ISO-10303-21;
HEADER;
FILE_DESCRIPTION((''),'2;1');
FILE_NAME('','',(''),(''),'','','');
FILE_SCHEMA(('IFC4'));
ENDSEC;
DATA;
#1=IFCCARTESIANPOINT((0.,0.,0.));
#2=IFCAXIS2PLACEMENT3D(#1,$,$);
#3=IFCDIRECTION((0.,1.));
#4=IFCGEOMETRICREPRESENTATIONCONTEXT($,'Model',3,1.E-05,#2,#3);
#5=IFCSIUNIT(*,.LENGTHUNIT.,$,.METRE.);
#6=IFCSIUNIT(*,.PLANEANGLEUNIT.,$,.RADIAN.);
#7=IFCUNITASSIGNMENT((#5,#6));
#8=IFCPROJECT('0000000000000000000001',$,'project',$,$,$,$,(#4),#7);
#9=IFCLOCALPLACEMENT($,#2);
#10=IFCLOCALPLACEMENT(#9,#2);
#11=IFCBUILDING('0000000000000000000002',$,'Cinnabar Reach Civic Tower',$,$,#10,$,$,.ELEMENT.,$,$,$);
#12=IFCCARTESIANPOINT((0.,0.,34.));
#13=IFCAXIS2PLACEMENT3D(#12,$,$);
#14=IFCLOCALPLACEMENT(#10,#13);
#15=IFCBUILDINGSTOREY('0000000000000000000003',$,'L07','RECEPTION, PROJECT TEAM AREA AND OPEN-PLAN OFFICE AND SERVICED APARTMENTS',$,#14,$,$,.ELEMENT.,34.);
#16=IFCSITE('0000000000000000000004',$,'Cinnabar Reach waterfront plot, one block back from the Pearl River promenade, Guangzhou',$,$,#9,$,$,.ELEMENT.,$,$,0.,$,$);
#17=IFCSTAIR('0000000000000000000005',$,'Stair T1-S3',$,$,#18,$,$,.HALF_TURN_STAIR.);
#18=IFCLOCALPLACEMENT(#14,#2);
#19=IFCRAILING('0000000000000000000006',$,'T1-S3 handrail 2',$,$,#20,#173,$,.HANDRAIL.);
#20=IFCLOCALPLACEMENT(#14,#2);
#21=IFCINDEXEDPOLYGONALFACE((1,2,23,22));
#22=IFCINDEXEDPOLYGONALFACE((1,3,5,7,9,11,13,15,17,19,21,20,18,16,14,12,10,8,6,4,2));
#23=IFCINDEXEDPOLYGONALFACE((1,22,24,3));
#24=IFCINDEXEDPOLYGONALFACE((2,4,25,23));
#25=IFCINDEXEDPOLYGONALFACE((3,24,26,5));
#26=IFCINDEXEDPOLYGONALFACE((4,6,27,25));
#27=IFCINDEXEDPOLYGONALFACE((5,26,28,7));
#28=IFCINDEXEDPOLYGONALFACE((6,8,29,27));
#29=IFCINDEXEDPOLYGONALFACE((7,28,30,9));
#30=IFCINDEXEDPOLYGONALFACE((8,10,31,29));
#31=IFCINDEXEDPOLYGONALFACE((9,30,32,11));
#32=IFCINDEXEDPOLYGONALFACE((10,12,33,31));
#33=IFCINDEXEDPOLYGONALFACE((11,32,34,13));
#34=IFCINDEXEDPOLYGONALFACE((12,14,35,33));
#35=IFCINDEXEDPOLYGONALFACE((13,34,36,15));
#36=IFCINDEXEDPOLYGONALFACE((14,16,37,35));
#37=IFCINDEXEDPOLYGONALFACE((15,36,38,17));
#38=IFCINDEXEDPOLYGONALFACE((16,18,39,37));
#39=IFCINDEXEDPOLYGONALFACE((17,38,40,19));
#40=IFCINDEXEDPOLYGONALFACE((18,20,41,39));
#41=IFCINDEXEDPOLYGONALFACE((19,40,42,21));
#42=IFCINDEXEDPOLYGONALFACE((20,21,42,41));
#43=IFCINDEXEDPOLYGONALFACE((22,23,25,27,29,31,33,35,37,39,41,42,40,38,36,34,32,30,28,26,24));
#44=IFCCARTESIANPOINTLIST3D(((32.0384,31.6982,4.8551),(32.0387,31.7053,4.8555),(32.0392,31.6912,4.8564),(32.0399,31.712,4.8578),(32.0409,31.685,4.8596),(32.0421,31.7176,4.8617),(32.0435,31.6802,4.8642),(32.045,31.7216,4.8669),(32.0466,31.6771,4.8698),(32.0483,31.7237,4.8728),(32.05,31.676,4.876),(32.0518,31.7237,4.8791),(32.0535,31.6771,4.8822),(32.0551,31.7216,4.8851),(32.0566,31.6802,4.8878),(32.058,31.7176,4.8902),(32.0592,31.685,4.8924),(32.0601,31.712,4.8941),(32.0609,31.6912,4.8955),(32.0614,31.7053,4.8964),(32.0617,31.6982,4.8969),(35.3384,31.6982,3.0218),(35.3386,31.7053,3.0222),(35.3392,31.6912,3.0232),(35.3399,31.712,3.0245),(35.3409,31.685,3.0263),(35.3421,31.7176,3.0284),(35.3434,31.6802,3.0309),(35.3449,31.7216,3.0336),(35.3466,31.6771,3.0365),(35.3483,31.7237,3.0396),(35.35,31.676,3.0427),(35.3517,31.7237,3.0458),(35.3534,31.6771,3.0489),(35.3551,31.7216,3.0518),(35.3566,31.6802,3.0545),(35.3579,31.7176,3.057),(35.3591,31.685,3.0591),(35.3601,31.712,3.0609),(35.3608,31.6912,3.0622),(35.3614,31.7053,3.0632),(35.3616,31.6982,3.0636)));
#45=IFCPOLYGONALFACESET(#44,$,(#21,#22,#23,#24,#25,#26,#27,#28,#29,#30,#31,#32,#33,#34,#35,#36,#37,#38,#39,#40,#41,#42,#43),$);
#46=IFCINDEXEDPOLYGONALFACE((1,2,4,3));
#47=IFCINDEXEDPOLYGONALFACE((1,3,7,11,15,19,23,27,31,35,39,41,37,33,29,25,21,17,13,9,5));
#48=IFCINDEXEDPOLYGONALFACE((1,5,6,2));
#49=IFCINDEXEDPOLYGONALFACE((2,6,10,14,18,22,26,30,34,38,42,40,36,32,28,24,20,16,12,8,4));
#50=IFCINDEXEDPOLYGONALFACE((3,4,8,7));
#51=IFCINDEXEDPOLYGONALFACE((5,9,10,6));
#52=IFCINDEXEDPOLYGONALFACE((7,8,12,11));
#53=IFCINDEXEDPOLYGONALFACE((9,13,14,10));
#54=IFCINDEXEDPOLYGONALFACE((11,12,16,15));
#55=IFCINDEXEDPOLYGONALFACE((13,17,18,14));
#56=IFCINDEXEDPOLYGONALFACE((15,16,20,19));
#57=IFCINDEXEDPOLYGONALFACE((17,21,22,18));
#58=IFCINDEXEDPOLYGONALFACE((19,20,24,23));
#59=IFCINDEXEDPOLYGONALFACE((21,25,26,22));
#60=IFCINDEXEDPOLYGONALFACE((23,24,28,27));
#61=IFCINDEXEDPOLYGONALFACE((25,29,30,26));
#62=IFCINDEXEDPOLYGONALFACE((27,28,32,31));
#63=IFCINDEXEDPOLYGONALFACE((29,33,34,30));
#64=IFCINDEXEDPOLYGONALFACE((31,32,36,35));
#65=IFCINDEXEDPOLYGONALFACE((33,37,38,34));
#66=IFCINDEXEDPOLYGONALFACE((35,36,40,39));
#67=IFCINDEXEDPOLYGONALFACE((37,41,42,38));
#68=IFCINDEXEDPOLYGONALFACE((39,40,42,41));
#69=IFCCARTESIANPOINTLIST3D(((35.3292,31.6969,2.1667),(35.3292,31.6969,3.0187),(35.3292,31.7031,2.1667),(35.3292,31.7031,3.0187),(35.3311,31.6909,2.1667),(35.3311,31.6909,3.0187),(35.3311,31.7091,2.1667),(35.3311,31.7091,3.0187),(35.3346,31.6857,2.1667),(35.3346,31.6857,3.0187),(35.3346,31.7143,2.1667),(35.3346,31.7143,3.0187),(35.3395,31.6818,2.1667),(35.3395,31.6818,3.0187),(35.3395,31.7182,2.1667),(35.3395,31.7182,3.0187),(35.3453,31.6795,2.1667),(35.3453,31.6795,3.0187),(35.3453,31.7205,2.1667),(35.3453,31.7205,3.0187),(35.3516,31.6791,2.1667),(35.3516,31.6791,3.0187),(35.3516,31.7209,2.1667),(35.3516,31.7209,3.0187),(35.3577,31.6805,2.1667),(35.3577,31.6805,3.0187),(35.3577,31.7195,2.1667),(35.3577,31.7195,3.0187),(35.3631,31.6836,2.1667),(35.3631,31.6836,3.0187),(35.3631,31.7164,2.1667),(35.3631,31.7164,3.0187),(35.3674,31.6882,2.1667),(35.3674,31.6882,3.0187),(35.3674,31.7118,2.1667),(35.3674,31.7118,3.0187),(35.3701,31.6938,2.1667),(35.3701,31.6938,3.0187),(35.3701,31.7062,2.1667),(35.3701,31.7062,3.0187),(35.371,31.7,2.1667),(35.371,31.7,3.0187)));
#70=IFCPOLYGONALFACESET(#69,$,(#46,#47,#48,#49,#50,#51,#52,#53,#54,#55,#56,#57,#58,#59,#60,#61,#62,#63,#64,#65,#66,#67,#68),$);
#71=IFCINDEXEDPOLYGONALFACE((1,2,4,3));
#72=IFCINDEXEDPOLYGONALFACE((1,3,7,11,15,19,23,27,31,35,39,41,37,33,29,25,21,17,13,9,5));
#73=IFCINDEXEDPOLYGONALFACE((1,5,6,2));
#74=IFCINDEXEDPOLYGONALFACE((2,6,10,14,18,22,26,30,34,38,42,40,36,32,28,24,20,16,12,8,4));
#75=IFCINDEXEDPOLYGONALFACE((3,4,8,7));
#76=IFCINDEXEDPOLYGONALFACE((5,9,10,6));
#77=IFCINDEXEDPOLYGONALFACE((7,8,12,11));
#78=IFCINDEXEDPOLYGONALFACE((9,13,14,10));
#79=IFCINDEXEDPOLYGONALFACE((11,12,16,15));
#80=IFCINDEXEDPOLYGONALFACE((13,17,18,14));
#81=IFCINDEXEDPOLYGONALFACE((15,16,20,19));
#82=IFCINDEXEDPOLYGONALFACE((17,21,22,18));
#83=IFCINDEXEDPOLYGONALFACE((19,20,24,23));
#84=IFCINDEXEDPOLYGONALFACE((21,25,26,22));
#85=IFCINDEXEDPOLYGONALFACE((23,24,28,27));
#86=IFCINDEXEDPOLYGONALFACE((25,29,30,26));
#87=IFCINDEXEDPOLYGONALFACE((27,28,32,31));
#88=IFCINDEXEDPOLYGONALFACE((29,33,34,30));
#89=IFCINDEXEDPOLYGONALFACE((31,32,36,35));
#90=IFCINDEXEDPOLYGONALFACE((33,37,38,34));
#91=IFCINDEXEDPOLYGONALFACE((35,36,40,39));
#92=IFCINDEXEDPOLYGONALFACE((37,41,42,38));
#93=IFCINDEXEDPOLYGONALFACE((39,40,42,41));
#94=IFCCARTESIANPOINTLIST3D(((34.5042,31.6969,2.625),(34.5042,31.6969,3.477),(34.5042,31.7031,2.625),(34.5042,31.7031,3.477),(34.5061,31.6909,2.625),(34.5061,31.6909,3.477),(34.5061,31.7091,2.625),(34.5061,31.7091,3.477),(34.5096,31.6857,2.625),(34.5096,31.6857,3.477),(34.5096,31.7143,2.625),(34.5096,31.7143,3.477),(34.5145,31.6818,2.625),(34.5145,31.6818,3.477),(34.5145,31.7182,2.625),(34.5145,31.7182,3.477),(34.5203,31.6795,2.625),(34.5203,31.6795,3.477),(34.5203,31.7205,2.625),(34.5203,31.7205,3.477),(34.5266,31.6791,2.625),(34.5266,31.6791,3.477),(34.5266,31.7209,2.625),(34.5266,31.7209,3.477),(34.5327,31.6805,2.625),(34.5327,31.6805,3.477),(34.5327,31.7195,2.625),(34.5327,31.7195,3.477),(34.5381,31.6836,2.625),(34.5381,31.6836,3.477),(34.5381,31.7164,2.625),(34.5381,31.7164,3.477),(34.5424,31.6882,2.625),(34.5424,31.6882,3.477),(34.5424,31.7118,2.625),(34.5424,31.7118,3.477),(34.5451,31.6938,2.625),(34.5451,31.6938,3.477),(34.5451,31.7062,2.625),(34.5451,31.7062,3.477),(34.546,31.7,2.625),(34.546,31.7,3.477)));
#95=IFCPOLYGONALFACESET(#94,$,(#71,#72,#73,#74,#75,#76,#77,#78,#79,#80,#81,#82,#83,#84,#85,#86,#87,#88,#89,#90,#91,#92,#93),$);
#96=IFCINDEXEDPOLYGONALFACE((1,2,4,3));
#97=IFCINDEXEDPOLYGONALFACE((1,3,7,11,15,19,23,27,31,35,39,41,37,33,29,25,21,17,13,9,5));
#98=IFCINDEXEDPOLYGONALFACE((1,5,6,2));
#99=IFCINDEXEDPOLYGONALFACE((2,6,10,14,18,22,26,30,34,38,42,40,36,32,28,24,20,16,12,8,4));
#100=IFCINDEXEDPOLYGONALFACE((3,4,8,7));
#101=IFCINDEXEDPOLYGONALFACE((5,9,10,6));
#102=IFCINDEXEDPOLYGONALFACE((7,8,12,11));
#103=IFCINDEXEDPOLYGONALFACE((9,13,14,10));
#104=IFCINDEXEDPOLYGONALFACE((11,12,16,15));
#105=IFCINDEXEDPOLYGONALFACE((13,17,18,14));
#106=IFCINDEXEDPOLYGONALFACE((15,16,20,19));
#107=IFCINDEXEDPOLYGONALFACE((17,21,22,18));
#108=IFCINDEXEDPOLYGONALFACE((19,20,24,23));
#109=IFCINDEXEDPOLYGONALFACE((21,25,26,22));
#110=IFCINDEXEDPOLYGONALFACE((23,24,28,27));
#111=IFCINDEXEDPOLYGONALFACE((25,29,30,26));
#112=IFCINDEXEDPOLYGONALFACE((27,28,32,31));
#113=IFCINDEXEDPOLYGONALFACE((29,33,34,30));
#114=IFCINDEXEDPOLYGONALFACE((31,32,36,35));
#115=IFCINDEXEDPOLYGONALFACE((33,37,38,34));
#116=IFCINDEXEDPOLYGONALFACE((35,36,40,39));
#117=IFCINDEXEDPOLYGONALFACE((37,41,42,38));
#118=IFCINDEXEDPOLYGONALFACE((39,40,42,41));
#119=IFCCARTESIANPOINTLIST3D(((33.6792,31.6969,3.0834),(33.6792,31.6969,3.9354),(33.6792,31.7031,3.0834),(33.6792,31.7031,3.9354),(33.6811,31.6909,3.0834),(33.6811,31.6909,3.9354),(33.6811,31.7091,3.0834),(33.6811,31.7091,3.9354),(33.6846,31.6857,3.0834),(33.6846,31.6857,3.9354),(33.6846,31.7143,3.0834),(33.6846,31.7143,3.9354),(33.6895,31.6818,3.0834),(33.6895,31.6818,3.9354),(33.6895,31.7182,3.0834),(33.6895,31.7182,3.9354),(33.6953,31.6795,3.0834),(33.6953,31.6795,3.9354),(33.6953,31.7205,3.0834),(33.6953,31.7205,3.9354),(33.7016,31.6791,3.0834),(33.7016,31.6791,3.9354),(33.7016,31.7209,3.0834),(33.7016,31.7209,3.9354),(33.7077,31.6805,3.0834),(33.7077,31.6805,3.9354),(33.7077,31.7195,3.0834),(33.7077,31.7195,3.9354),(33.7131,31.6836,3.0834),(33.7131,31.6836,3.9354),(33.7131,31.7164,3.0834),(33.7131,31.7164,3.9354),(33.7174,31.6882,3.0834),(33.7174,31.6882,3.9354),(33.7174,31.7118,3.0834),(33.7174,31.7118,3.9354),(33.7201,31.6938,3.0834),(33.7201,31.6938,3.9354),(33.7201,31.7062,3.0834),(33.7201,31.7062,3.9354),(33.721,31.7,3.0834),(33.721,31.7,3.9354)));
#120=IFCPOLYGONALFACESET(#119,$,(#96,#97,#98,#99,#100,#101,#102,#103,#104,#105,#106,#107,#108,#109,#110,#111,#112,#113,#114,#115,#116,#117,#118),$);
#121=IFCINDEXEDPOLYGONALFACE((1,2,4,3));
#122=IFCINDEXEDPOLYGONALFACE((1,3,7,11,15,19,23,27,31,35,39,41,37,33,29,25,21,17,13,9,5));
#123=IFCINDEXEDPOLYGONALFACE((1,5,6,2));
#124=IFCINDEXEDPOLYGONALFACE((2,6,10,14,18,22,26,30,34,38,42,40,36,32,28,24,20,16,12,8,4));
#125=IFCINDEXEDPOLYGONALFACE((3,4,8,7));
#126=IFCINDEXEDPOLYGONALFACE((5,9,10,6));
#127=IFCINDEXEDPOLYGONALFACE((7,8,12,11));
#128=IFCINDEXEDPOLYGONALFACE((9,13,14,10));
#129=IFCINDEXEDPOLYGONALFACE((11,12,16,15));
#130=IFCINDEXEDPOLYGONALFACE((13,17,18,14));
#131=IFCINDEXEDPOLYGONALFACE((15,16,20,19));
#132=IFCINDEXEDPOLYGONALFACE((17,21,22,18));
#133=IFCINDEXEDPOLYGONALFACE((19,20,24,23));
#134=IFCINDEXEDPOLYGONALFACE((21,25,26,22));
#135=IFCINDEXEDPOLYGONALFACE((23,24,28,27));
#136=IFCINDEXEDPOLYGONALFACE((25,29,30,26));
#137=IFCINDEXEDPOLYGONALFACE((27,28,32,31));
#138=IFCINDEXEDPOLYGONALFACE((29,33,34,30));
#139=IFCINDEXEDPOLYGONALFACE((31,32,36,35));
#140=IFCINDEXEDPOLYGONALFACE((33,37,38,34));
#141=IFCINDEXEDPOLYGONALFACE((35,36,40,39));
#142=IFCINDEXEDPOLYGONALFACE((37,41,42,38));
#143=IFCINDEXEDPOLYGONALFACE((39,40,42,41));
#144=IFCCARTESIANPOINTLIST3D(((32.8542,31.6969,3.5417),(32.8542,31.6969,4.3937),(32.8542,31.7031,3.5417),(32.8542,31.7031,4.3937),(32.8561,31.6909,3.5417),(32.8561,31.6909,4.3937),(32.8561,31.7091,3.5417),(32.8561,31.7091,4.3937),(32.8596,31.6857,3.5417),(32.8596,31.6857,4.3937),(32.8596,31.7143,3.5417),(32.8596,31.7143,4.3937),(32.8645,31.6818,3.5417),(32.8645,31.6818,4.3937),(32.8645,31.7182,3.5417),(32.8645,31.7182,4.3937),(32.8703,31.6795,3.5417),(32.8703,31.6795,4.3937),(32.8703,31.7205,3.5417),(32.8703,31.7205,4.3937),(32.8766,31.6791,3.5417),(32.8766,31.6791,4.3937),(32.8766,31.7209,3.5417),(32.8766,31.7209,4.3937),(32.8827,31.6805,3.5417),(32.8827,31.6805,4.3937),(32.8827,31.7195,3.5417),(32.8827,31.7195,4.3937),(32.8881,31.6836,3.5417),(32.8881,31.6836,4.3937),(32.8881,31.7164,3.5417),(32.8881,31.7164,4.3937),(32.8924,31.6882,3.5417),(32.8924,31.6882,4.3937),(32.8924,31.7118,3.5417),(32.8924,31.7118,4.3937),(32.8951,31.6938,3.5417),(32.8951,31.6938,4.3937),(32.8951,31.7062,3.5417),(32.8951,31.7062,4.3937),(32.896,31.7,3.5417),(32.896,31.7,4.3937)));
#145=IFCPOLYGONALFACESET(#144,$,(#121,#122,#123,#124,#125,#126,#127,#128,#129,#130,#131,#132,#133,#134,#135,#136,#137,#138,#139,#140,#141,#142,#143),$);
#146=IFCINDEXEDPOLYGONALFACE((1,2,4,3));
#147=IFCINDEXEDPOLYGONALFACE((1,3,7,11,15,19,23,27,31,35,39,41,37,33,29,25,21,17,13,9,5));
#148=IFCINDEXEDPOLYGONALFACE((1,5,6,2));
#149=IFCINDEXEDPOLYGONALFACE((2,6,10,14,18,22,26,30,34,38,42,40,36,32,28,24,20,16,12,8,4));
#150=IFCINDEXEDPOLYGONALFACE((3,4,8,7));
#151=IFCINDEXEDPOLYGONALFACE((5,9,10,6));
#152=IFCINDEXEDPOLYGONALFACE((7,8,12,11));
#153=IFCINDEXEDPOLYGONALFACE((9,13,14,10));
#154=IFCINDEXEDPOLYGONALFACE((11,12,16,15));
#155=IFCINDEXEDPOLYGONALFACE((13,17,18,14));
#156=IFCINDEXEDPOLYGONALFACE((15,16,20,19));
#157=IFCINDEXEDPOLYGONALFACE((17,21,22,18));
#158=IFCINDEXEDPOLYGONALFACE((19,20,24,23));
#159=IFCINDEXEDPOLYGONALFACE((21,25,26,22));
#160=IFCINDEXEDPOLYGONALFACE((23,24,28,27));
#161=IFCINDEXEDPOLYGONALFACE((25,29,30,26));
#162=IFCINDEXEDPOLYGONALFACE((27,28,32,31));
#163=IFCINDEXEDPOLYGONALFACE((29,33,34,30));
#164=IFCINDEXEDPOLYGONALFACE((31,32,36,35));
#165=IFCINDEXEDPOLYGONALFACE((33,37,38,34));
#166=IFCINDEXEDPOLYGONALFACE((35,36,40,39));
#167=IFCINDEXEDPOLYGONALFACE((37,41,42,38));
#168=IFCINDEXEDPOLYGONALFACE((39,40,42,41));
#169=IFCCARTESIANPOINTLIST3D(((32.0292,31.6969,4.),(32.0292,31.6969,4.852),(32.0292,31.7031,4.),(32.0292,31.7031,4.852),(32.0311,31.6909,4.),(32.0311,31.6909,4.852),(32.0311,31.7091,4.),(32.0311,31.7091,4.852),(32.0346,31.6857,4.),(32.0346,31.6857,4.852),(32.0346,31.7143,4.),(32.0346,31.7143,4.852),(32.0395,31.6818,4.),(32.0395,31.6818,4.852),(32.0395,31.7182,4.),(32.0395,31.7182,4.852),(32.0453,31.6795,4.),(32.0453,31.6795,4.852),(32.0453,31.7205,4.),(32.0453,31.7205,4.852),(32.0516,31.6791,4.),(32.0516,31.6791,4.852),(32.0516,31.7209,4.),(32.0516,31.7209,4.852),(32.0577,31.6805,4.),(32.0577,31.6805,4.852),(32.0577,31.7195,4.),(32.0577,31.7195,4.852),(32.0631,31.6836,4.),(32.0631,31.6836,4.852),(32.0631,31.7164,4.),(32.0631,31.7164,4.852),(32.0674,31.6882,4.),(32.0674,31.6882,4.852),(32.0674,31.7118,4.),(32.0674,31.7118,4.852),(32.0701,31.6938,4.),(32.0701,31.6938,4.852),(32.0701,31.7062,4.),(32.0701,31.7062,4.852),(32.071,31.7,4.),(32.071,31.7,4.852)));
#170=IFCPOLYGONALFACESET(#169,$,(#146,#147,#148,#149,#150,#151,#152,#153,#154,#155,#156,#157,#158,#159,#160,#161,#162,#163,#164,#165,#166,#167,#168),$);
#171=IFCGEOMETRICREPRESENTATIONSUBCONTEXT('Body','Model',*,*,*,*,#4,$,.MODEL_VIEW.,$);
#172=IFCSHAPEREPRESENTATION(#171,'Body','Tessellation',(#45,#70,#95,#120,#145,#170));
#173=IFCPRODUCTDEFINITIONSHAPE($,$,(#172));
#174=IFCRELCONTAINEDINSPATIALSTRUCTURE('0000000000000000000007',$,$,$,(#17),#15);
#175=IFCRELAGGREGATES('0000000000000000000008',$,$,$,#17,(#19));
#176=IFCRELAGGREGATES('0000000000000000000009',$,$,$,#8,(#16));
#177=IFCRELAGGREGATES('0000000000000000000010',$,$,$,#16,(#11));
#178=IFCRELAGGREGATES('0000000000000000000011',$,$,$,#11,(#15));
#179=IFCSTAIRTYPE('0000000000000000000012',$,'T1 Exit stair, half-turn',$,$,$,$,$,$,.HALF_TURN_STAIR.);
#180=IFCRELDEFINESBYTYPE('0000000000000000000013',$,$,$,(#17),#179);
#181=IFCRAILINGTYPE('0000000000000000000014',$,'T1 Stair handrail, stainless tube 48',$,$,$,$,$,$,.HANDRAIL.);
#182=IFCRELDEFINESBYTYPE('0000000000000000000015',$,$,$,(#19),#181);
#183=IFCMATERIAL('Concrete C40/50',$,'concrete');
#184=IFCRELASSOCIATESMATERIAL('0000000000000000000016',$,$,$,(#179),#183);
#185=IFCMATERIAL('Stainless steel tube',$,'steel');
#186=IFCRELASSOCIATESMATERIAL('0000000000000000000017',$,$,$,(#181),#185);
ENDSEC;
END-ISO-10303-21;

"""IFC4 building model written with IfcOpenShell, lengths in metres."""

from ifc_helpers import new_model, si_unit, direction, frame, origin, origin_2d, place, context, subcontext, project, spatial, circle, extrude, material, type_object, element, aggregate, save


model = new_model("IFC4")

# Units and contexts
model_context = context("Model", 3, precision=1e-05, world=origin(), true_north=direction((0.0, 1.0)))
body_context = subcontext(model_context, "Body", "Model", "MODEL_VIEW")
ifc_project = project(units=[si_unit("LENGTHUNIT", "METRE"), si_unit("PLANEANGLEUNIT", "RADIAN")], contexts=[model_context])

# Site, building, storey
site_placement = place(None, origin())
site = spatial("IfcSite", under=ifc_project, at=site_placement, Name="Cinnabar Reach waterfront plot, one block back from the Pearl River promenade, Guangzhou", CompositionType="ELEMENT", RefElevation=0.0)
building_placement = place(site_placement, origin())
building = spatial("IfcBuilding", under=site, at=building_placement, Name="Cinnabar Reach Civic Tower", CompositionType="ELEMENT")
storey_placement = place(building_placement, frame((0.0, 0.0, 34.0)))
storey = spatial("IfcBuildingStorey", under=building, at=storey_placement, Name="L07", Description="RECEPTION, PROJECT TEAM AREA AND OPEN-PLAN OFFICE AND SERVICED APARTMENTS", CompositionType="ELEMENT", Elevation=34.0)

# Stair, railing
ifc_material_1 = material(Name="Concrete C40/50", Category="concrete")
stair_type = type_object("IfcStairType", Name="T1 Exit stair, half-turn", PredefinedType="HALF_TURN_STAIR", material=ifc_material_1)
stair_placement = place(storey_placement, origin())
stair = element("IfcStair", 1, at=stair_placement, inside=storey, type_object=stair_type, Name="Stair T1-S3", PredefinedType="HALF_TURN_STAIR")
ifc_material_2 = material(Name="Stainless steel tube", Category="steel")
railing_type = type_object("IfcRailingType", Name="T1 Stair handrail, stainless tube 48", PredefinedType="HANDRAIL", material=ifc_material_2)
railing_1_placement = place(storey_placement, frame((35.35, 31.7, 2.1667)))
railing_1 = element("IfcRailing", 2, at=railing_1_placement, type_object=railing_type, Name="T1-S3 handrail 2", PredefinedType="HANDRAIL", context=body_context, shape_type="SweptSolid", body=[
    extrude(circle(Radius=0.024, at=origin_2d()), frame((0.0, 0.0, 0.876), z_axis=(-0.874161, 0.0, 0.485636), x_axis=(0.0, -1.0, 0.0)), (0.0, 0.0, 1.0), 3.775),
    extrude(circle(Radius=0.021, at=origin_2d()), origin(), (0.0, 0.0, 1.0), 0.852),
    extrude(circle(Radius=0.021, at=origin_2d()), frame((-0.825, 0.0, 0.4583)), (0.0, 0.0, 1.0), 0.852),
    extrude(circle(Radius=0.021, at=origin_2d()), frame((-1.65, 0.0, 0.9167)), (0.0, 0.0, 1.0), 0.852),
    extrude(circle(Radius=0.021, at=origin_2d()), frame((-2.475, 0.0, 1.375)), (0.0, 0.0, 1.0), 0.852),
    extrude(circle(Radius=0.021, at=origin_2d()), frame((-3.3, 0.0, 1.8333)), (0.0, 0.0, 1.0), 0.852),
])
aggregate(stair, [railing_1])

save(model, "model.ifc")
